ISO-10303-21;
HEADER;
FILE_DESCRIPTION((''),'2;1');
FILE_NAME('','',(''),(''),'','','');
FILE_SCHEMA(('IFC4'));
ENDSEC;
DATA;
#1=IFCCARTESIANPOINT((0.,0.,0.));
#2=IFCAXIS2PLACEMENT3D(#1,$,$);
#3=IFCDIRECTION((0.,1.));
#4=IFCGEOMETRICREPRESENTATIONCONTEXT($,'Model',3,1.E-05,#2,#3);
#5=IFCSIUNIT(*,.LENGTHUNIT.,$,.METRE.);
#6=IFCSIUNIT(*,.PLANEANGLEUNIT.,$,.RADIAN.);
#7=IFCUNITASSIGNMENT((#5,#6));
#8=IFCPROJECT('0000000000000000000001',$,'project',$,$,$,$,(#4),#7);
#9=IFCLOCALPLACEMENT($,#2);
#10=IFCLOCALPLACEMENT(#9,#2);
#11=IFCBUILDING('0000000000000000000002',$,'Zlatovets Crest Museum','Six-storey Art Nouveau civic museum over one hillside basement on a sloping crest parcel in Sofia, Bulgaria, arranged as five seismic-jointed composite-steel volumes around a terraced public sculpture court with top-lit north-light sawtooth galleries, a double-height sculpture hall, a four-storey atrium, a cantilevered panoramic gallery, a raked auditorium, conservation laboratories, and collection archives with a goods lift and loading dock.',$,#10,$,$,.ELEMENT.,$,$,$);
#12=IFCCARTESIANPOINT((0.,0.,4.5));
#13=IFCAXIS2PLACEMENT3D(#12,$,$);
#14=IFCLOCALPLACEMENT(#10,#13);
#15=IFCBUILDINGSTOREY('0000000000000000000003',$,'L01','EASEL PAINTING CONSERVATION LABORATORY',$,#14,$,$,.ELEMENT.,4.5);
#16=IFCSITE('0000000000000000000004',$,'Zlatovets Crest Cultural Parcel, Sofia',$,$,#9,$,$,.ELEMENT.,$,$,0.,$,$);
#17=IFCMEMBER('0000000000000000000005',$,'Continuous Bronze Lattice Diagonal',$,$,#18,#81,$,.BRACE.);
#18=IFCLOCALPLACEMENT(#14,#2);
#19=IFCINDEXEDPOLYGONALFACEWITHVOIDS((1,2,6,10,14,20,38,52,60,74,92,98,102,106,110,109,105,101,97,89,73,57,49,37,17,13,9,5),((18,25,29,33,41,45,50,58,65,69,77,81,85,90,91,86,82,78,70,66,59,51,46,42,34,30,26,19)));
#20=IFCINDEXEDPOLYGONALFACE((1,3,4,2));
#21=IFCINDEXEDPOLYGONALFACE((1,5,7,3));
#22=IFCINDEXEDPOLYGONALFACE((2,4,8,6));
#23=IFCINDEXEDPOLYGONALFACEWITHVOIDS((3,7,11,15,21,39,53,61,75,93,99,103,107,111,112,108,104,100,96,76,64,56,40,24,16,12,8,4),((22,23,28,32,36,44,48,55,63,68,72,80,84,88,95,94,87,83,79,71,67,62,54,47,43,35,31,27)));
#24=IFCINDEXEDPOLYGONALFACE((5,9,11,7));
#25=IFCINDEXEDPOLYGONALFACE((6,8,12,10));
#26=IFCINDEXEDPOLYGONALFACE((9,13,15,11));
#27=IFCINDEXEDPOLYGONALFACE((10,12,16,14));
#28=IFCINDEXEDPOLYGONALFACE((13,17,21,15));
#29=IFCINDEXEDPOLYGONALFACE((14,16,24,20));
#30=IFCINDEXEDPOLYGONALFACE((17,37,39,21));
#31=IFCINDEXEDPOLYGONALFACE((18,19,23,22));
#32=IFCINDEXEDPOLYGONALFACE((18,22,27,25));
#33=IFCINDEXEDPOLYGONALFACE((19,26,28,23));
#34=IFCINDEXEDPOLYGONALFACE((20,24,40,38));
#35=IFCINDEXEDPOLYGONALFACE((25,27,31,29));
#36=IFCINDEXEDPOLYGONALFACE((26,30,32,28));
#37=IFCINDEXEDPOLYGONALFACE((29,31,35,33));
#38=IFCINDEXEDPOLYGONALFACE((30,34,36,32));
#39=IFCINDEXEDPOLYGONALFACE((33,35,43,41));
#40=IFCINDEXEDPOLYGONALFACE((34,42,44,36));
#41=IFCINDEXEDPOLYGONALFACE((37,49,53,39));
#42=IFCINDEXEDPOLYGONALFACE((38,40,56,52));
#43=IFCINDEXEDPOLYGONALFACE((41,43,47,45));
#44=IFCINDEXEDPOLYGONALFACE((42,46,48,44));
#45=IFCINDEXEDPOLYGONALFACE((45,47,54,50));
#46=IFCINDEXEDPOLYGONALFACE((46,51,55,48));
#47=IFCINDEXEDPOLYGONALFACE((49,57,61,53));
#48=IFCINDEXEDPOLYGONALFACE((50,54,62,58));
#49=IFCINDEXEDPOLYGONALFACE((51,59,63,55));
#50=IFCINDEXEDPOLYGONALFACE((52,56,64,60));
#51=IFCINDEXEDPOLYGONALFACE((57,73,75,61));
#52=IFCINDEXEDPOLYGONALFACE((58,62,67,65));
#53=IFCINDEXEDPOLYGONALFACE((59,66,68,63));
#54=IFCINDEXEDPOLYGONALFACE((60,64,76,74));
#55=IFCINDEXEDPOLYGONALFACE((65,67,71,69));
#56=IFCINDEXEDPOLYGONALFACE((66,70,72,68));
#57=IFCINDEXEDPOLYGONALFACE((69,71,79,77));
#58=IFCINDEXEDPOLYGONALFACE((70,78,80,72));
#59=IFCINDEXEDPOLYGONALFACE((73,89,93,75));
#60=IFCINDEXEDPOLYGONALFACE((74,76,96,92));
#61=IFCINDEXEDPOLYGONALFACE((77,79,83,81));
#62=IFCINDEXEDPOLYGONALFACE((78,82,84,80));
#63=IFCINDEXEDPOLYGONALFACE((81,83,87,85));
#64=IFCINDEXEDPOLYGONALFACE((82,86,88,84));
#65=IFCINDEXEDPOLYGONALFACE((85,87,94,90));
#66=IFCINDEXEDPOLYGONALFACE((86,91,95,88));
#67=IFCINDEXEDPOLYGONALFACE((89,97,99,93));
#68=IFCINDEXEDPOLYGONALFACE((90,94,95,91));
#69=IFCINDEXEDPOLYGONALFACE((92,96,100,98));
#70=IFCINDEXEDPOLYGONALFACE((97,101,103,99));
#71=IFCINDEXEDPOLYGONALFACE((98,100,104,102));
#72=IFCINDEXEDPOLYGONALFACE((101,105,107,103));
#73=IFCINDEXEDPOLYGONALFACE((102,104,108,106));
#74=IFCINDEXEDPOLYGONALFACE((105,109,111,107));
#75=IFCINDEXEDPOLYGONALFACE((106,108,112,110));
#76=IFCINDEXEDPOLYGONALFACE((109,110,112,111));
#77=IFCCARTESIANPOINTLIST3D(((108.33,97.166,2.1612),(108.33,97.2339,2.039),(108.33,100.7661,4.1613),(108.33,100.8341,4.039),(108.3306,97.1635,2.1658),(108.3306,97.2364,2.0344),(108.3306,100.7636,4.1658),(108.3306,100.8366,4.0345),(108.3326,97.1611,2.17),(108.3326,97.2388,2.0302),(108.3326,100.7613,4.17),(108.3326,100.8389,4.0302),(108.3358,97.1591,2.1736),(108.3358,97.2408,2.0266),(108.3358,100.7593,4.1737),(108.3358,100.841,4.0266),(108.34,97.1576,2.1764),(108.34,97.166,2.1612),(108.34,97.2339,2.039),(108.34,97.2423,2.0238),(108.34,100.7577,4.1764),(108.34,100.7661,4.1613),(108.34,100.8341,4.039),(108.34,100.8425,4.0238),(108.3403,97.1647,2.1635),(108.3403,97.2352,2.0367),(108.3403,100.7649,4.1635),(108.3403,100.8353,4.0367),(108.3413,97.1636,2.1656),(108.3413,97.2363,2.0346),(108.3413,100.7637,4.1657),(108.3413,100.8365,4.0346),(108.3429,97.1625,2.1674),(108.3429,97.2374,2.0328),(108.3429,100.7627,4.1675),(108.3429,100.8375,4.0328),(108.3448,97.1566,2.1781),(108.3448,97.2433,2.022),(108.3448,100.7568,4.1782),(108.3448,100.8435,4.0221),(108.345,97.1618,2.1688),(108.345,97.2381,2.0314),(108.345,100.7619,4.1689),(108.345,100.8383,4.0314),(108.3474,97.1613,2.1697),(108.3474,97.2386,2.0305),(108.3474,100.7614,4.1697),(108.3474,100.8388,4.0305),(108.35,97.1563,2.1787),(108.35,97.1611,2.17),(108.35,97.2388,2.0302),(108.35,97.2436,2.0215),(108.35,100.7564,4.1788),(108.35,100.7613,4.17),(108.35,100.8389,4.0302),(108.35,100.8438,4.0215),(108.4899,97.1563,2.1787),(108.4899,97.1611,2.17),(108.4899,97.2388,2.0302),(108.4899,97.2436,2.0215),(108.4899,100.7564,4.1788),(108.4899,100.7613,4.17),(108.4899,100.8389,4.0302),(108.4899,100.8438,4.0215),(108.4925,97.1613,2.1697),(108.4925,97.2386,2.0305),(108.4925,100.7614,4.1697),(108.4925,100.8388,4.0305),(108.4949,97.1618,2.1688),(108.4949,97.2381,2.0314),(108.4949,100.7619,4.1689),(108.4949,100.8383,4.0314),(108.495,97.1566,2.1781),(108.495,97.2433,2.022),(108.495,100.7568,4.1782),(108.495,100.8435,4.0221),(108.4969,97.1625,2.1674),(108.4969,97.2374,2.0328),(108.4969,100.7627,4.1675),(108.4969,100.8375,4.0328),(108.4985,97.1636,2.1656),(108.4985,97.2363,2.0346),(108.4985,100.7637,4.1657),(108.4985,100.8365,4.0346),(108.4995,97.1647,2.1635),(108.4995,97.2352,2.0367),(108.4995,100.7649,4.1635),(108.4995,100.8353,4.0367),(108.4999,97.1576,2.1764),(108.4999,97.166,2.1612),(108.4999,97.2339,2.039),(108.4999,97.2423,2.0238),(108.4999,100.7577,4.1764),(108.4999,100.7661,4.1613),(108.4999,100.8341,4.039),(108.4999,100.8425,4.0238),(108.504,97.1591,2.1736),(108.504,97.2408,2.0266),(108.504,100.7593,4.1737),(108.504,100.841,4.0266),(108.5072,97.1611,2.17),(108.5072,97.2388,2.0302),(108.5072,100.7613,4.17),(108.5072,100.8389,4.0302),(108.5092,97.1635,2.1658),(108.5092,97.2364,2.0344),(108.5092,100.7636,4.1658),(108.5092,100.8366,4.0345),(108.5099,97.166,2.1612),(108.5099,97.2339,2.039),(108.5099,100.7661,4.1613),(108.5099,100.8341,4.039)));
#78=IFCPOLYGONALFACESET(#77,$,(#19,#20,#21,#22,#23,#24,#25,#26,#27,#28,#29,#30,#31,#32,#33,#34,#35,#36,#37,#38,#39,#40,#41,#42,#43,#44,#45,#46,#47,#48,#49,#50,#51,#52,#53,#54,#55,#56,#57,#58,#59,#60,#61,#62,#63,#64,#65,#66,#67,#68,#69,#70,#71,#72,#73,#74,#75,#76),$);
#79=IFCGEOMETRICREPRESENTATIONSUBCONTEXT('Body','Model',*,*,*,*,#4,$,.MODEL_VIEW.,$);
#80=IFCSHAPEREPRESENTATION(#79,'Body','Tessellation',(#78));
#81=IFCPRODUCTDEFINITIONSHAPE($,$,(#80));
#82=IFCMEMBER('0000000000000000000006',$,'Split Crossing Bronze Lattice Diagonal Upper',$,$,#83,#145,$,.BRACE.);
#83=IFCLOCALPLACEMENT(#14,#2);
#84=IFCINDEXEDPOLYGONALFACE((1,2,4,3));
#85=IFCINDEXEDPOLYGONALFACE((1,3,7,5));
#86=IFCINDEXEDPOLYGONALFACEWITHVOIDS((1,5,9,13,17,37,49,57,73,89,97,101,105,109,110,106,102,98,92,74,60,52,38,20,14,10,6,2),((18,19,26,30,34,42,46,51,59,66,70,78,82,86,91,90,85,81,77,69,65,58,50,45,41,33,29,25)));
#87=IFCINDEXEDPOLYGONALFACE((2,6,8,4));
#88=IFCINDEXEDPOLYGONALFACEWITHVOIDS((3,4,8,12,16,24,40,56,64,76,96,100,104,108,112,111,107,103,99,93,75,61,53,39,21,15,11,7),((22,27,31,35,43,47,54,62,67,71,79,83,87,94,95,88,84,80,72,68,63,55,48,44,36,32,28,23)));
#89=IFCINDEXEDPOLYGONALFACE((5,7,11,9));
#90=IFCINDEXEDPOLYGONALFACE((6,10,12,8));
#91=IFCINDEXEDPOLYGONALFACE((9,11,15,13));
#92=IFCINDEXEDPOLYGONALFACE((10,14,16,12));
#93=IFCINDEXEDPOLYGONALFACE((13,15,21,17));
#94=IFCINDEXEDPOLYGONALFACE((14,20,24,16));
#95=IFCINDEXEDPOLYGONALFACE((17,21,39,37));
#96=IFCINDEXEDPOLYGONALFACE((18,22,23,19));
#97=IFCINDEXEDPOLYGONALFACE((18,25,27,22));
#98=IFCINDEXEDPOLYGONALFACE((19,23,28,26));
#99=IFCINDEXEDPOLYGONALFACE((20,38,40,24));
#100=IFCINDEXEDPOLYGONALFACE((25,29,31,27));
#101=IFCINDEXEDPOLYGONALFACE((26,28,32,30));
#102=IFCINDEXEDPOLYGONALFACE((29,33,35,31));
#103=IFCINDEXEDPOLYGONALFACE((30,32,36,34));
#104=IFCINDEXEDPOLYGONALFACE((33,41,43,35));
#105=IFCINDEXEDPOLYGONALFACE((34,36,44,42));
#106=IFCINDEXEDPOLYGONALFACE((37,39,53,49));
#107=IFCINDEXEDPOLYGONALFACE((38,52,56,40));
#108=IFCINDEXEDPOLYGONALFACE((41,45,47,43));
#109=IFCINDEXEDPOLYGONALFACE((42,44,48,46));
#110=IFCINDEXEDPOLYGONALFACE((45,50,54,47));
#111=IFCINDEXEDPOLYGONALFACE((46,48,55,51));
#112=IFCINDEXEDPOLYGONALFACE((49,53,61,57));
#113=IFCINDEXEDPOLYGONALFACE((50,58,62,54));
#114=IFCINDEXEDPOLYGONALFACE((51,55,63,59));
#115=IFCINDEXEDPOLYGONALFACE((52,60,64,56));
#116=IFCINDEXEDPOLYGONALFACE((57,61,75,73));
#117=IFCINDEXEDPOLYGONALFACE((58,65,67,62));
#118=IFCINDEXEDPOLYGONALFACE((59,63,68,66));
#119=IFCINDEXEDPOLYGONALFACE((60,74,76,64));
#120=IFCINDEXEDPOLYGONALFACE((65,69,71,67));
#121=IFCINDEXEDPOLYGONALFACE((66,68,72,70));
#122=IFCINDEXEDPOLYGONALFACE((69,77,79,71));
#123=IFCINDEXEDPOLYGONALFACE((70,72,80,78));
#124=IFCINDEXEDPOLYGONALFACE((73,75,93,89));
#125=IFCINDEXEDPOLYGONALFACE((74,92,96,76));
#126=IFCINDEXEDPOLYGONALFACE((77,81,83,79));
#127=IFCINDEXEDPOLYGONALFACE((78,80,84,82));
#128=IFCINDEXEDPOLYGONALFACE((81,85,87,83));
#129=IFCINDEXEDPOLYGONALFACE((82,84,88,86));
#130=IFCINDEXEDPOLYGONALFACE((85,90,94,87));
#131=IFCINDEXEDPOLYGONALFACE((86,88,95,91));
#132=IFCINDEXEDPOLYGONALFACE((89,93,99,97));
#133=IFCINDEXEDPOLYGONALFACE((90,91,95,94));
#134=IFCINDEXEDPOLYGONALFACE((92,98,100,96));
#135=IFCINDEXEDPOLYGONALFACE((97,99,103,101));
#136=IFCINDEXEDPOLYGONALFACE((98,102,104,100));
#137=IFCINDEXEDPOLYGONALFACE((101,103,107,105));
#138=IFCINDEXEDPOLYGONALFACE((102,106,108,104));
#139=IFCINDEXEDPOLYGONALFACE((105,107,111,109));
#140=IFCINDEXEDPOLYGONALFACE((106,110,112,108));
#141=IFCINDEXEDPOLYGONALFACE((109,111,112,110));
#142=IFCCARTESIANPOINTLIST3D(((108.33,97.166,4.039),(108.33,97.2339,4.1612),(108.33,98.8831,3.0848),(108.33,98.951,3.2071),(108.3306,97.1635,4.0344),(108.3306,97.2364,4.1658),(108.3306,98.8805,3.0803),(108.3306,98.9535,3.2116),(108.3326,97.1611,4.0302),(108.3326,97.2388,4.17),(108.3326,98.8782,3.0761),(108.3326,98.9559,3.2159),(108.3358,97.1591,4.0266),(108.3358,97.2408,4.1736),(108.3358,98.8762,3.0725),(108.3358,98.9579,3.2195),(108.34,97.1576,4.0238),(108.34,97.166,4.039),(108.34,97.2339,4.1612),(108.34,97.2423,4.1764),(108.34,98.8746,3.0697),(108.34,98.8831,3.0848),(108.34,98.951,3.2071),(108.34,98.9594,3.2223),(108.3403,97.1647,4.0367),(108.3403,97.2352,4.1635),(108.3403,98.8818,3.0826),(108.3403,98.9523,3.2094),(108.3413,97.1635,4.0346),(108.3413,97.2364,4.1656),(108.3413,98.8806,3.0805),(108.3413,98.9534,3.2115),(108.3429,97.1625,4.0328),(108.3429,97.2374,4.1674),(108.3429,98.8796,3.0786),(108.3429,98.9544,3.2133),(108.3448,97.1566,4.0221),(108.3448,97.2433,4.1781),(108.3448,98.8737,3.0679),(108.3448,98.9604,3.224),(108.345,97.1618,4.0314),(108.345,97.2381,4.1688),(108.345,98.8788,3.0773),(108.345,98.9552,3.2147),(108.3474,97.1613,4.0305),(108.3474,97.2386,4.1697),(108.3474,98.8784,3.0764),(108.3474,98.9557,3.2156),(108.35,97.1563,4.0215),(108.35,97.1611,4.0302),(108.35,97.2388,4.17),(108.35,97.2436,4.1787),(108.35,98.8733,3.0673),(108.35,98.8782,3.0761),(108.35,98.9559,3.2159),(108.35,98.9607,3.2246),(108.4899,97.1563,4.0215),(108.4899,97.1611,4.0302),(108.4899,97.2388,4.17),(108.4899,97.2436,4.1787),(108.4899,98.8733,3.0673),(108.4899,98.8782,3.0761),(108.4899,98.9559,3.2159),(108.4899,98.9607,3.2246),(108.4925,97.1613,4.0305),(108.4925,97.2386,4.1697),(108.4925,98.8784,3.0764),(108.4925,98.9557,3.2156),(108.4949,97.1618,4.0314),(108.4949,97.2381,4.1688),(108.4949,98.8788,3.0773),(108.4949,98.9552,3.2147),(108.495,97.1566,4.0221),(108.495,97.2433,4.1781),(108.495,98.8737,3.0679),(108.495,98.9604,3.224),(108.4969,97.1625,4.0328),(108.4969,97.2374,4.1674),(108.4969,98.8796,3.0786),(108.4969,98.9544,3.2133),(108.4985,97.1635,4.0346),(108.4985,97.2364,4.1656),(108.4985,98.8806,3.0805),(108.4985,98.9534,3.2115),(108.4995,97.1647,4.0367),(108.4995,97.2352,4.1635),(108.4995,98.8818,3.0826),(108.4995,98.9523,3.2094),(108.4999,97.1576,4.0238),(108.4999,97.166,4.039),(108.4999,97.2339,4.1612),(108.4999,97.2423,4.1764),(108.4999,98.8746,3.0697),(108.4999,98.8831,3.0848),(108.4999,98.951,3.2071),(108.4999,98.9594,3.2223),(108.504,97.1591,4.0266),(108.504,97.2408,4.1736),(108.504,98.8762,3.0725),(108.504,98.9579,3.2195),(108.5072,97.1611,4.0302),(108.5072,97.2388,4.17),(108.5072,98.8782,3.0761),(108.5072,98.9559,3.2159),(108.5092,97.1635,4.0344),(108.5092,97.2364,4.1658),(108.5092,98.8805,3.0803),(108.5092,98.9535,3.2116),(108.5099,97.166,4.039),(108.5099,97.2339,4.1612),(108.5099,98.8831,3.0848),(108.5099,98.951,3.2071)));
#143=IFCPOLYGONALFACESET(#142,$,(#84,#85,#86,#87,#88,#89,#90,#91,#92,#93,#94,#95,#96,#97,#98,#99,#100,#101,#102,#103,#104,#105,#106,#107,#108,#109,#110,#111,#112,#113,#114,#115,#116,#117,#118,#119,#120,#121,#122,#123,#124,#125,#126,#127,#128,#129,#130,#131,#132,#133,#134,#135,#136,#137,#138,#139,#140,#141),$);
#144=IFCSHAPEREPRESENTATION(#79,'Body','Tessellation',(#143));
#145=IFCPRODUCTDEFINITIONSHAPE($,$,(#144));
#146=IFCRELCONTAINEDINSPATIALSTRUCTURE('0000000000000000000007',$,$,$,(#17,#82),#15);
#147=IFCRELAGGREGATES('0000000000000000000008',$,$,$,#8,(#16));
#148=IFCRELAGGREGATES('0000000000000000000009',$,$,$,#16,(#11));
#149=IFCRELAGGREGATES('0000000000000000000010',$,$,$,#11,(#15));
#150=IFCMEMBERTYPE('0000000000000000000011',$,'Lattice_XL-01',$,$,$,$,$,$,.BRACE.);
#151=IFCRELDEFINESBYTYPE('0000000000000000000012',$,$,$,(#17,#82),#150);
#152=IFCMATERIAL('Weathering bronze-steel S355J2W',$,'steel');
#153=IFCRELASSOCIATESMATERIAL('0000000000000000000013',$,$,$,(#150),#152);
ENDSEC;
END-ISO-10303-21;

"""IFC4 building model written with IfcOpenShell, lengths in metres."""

from ifc_helpers import new_model, si_unit, direction, frame, origin, origin_2d, place, context, subcontext, project, spatial, hollow_rectangle, extrude, material, material_profile, profile_set, type_object, element, save


model = new_model("IFC4")

# Units and contexts
model_context = context("Model", 3, precision=1e-05, world=origin(), true_north=direction((0.0, 1.0)))
body_context = subcontext(model_context, "Body", "Model", "MODEL_VIEW")
ifc_project = project(units=[si_unit("LENGTHUNIT", "METRE"), si_unit("PLANEANGLEUNIT", "RADIAN")], contexts=[model_context])

# Site, building, storey
site_placement = place(None, origin())
site = spatial("IfcSite", under=ifc_project, at=site_placement, Name="Zlatovets Crest Cultural Parcel, Sofia", CompositionType="ELEMENT", RefElevation=0.0)
building_placement = place(site_placement, origin())
building = spatial("IfcBuilding", under=site, at=building_placement, Name="Zlatovets Crest Museum", Description="Six-storey Art Nouveau civic museum over one hillside basement on a sloping crest parcel in Sofia, Bulgaria, arranged as five seismic-jointed composite-steel volumes around a terraced public sculpture court with top-lit north-light sawtooth galleries, a double-height sculpture hall, a four-storey atrium, a cantilevered panoramic gallery, a raked auditorium, conservation laboratories, and collection archives with a goods lift and loading dock.", CompositionType="ELEMENT")
storey_placement = place(building_placement, frame((0.0, 0.0, 4.5)))
storey = spatial("IfcBuildingStorey", under=building, at=storey_placement, Name="L01", Description="EASEL PAINTING CONSERVATION LABORATORY", CompositionType="ELEMENT", Elevation=4.5)

# Members
ifc_material_1 = material(Name="Weathering bronze-steel S355J2W", Category="steel")
ifc_material_profile_1 = material_profile(ifc_material_1, hollow_rectangle(XDim=0.1799, YDim=0.1799, WallThickness=0.01, InnerFilletRadius=0.01, OuterFilletRadius=0.02, at=origin_2d()), Name="SHS 180x180x10.0")
ifc_profile_set_1 = profile_set([ifc_material_profile_1], Name="Weathering bronze-steel S355J2W")
member_type_1 = type_object("IfcMemberType", Name="Lattice_XL-01", PredefinedType="BRACE", material=ifc_profile_set_1)
member_1_placement = place(storey_placement, frame((108.4199, 97.2, 2.1001), z_axis=(0.0, 0.874163, 0.485633), x_axis=(-1.0, 0.0, 0.0)))
element("IfcMember", 1, at=member_1_placement, inside=storey, type_object=member_type_1, Name="Continuous Bronze Lattice Diagonal", PredefinedType="BRACE", context=body_context, shape_type="SweptSolid", body=[
    extrude(hollow_rectangle(XDim=0.1799, YDim=0.1799, WallThickness=0.01, InnerFilletRadius=0.01, OuterFilletRadius=0.02, at=origin_2d()), origin(), (0.0, 0.0, 1.0), 4.1184),
])
member_2_placement = place(storey_placement, frame((108.4199, 97.2, 4.1001), z_axis=(0.0, 0.874116, -0.485717), x_axis=(-1.0, 0.0, 0.0)))
element("IfcMember", 2, at=member_2_placement, inside=storey, type_object=member_type_1, Name="Split Crossing Bronze Lattice Diagonal Upper", PredefinedType="BRACE", context=body_context, shape_type="SweptSolid", body=[
    extrude(hollow_rectangle(XDim=0.1799, YDim=0.1799, WallThickness=0.01, InnerFilletRadius=0.01, OuterFilletRadius=0.02, at=origin_2d()), origin(), (0.0, 0.0, 1.0), 1.9644),
])

save(model, "model.ifc")
